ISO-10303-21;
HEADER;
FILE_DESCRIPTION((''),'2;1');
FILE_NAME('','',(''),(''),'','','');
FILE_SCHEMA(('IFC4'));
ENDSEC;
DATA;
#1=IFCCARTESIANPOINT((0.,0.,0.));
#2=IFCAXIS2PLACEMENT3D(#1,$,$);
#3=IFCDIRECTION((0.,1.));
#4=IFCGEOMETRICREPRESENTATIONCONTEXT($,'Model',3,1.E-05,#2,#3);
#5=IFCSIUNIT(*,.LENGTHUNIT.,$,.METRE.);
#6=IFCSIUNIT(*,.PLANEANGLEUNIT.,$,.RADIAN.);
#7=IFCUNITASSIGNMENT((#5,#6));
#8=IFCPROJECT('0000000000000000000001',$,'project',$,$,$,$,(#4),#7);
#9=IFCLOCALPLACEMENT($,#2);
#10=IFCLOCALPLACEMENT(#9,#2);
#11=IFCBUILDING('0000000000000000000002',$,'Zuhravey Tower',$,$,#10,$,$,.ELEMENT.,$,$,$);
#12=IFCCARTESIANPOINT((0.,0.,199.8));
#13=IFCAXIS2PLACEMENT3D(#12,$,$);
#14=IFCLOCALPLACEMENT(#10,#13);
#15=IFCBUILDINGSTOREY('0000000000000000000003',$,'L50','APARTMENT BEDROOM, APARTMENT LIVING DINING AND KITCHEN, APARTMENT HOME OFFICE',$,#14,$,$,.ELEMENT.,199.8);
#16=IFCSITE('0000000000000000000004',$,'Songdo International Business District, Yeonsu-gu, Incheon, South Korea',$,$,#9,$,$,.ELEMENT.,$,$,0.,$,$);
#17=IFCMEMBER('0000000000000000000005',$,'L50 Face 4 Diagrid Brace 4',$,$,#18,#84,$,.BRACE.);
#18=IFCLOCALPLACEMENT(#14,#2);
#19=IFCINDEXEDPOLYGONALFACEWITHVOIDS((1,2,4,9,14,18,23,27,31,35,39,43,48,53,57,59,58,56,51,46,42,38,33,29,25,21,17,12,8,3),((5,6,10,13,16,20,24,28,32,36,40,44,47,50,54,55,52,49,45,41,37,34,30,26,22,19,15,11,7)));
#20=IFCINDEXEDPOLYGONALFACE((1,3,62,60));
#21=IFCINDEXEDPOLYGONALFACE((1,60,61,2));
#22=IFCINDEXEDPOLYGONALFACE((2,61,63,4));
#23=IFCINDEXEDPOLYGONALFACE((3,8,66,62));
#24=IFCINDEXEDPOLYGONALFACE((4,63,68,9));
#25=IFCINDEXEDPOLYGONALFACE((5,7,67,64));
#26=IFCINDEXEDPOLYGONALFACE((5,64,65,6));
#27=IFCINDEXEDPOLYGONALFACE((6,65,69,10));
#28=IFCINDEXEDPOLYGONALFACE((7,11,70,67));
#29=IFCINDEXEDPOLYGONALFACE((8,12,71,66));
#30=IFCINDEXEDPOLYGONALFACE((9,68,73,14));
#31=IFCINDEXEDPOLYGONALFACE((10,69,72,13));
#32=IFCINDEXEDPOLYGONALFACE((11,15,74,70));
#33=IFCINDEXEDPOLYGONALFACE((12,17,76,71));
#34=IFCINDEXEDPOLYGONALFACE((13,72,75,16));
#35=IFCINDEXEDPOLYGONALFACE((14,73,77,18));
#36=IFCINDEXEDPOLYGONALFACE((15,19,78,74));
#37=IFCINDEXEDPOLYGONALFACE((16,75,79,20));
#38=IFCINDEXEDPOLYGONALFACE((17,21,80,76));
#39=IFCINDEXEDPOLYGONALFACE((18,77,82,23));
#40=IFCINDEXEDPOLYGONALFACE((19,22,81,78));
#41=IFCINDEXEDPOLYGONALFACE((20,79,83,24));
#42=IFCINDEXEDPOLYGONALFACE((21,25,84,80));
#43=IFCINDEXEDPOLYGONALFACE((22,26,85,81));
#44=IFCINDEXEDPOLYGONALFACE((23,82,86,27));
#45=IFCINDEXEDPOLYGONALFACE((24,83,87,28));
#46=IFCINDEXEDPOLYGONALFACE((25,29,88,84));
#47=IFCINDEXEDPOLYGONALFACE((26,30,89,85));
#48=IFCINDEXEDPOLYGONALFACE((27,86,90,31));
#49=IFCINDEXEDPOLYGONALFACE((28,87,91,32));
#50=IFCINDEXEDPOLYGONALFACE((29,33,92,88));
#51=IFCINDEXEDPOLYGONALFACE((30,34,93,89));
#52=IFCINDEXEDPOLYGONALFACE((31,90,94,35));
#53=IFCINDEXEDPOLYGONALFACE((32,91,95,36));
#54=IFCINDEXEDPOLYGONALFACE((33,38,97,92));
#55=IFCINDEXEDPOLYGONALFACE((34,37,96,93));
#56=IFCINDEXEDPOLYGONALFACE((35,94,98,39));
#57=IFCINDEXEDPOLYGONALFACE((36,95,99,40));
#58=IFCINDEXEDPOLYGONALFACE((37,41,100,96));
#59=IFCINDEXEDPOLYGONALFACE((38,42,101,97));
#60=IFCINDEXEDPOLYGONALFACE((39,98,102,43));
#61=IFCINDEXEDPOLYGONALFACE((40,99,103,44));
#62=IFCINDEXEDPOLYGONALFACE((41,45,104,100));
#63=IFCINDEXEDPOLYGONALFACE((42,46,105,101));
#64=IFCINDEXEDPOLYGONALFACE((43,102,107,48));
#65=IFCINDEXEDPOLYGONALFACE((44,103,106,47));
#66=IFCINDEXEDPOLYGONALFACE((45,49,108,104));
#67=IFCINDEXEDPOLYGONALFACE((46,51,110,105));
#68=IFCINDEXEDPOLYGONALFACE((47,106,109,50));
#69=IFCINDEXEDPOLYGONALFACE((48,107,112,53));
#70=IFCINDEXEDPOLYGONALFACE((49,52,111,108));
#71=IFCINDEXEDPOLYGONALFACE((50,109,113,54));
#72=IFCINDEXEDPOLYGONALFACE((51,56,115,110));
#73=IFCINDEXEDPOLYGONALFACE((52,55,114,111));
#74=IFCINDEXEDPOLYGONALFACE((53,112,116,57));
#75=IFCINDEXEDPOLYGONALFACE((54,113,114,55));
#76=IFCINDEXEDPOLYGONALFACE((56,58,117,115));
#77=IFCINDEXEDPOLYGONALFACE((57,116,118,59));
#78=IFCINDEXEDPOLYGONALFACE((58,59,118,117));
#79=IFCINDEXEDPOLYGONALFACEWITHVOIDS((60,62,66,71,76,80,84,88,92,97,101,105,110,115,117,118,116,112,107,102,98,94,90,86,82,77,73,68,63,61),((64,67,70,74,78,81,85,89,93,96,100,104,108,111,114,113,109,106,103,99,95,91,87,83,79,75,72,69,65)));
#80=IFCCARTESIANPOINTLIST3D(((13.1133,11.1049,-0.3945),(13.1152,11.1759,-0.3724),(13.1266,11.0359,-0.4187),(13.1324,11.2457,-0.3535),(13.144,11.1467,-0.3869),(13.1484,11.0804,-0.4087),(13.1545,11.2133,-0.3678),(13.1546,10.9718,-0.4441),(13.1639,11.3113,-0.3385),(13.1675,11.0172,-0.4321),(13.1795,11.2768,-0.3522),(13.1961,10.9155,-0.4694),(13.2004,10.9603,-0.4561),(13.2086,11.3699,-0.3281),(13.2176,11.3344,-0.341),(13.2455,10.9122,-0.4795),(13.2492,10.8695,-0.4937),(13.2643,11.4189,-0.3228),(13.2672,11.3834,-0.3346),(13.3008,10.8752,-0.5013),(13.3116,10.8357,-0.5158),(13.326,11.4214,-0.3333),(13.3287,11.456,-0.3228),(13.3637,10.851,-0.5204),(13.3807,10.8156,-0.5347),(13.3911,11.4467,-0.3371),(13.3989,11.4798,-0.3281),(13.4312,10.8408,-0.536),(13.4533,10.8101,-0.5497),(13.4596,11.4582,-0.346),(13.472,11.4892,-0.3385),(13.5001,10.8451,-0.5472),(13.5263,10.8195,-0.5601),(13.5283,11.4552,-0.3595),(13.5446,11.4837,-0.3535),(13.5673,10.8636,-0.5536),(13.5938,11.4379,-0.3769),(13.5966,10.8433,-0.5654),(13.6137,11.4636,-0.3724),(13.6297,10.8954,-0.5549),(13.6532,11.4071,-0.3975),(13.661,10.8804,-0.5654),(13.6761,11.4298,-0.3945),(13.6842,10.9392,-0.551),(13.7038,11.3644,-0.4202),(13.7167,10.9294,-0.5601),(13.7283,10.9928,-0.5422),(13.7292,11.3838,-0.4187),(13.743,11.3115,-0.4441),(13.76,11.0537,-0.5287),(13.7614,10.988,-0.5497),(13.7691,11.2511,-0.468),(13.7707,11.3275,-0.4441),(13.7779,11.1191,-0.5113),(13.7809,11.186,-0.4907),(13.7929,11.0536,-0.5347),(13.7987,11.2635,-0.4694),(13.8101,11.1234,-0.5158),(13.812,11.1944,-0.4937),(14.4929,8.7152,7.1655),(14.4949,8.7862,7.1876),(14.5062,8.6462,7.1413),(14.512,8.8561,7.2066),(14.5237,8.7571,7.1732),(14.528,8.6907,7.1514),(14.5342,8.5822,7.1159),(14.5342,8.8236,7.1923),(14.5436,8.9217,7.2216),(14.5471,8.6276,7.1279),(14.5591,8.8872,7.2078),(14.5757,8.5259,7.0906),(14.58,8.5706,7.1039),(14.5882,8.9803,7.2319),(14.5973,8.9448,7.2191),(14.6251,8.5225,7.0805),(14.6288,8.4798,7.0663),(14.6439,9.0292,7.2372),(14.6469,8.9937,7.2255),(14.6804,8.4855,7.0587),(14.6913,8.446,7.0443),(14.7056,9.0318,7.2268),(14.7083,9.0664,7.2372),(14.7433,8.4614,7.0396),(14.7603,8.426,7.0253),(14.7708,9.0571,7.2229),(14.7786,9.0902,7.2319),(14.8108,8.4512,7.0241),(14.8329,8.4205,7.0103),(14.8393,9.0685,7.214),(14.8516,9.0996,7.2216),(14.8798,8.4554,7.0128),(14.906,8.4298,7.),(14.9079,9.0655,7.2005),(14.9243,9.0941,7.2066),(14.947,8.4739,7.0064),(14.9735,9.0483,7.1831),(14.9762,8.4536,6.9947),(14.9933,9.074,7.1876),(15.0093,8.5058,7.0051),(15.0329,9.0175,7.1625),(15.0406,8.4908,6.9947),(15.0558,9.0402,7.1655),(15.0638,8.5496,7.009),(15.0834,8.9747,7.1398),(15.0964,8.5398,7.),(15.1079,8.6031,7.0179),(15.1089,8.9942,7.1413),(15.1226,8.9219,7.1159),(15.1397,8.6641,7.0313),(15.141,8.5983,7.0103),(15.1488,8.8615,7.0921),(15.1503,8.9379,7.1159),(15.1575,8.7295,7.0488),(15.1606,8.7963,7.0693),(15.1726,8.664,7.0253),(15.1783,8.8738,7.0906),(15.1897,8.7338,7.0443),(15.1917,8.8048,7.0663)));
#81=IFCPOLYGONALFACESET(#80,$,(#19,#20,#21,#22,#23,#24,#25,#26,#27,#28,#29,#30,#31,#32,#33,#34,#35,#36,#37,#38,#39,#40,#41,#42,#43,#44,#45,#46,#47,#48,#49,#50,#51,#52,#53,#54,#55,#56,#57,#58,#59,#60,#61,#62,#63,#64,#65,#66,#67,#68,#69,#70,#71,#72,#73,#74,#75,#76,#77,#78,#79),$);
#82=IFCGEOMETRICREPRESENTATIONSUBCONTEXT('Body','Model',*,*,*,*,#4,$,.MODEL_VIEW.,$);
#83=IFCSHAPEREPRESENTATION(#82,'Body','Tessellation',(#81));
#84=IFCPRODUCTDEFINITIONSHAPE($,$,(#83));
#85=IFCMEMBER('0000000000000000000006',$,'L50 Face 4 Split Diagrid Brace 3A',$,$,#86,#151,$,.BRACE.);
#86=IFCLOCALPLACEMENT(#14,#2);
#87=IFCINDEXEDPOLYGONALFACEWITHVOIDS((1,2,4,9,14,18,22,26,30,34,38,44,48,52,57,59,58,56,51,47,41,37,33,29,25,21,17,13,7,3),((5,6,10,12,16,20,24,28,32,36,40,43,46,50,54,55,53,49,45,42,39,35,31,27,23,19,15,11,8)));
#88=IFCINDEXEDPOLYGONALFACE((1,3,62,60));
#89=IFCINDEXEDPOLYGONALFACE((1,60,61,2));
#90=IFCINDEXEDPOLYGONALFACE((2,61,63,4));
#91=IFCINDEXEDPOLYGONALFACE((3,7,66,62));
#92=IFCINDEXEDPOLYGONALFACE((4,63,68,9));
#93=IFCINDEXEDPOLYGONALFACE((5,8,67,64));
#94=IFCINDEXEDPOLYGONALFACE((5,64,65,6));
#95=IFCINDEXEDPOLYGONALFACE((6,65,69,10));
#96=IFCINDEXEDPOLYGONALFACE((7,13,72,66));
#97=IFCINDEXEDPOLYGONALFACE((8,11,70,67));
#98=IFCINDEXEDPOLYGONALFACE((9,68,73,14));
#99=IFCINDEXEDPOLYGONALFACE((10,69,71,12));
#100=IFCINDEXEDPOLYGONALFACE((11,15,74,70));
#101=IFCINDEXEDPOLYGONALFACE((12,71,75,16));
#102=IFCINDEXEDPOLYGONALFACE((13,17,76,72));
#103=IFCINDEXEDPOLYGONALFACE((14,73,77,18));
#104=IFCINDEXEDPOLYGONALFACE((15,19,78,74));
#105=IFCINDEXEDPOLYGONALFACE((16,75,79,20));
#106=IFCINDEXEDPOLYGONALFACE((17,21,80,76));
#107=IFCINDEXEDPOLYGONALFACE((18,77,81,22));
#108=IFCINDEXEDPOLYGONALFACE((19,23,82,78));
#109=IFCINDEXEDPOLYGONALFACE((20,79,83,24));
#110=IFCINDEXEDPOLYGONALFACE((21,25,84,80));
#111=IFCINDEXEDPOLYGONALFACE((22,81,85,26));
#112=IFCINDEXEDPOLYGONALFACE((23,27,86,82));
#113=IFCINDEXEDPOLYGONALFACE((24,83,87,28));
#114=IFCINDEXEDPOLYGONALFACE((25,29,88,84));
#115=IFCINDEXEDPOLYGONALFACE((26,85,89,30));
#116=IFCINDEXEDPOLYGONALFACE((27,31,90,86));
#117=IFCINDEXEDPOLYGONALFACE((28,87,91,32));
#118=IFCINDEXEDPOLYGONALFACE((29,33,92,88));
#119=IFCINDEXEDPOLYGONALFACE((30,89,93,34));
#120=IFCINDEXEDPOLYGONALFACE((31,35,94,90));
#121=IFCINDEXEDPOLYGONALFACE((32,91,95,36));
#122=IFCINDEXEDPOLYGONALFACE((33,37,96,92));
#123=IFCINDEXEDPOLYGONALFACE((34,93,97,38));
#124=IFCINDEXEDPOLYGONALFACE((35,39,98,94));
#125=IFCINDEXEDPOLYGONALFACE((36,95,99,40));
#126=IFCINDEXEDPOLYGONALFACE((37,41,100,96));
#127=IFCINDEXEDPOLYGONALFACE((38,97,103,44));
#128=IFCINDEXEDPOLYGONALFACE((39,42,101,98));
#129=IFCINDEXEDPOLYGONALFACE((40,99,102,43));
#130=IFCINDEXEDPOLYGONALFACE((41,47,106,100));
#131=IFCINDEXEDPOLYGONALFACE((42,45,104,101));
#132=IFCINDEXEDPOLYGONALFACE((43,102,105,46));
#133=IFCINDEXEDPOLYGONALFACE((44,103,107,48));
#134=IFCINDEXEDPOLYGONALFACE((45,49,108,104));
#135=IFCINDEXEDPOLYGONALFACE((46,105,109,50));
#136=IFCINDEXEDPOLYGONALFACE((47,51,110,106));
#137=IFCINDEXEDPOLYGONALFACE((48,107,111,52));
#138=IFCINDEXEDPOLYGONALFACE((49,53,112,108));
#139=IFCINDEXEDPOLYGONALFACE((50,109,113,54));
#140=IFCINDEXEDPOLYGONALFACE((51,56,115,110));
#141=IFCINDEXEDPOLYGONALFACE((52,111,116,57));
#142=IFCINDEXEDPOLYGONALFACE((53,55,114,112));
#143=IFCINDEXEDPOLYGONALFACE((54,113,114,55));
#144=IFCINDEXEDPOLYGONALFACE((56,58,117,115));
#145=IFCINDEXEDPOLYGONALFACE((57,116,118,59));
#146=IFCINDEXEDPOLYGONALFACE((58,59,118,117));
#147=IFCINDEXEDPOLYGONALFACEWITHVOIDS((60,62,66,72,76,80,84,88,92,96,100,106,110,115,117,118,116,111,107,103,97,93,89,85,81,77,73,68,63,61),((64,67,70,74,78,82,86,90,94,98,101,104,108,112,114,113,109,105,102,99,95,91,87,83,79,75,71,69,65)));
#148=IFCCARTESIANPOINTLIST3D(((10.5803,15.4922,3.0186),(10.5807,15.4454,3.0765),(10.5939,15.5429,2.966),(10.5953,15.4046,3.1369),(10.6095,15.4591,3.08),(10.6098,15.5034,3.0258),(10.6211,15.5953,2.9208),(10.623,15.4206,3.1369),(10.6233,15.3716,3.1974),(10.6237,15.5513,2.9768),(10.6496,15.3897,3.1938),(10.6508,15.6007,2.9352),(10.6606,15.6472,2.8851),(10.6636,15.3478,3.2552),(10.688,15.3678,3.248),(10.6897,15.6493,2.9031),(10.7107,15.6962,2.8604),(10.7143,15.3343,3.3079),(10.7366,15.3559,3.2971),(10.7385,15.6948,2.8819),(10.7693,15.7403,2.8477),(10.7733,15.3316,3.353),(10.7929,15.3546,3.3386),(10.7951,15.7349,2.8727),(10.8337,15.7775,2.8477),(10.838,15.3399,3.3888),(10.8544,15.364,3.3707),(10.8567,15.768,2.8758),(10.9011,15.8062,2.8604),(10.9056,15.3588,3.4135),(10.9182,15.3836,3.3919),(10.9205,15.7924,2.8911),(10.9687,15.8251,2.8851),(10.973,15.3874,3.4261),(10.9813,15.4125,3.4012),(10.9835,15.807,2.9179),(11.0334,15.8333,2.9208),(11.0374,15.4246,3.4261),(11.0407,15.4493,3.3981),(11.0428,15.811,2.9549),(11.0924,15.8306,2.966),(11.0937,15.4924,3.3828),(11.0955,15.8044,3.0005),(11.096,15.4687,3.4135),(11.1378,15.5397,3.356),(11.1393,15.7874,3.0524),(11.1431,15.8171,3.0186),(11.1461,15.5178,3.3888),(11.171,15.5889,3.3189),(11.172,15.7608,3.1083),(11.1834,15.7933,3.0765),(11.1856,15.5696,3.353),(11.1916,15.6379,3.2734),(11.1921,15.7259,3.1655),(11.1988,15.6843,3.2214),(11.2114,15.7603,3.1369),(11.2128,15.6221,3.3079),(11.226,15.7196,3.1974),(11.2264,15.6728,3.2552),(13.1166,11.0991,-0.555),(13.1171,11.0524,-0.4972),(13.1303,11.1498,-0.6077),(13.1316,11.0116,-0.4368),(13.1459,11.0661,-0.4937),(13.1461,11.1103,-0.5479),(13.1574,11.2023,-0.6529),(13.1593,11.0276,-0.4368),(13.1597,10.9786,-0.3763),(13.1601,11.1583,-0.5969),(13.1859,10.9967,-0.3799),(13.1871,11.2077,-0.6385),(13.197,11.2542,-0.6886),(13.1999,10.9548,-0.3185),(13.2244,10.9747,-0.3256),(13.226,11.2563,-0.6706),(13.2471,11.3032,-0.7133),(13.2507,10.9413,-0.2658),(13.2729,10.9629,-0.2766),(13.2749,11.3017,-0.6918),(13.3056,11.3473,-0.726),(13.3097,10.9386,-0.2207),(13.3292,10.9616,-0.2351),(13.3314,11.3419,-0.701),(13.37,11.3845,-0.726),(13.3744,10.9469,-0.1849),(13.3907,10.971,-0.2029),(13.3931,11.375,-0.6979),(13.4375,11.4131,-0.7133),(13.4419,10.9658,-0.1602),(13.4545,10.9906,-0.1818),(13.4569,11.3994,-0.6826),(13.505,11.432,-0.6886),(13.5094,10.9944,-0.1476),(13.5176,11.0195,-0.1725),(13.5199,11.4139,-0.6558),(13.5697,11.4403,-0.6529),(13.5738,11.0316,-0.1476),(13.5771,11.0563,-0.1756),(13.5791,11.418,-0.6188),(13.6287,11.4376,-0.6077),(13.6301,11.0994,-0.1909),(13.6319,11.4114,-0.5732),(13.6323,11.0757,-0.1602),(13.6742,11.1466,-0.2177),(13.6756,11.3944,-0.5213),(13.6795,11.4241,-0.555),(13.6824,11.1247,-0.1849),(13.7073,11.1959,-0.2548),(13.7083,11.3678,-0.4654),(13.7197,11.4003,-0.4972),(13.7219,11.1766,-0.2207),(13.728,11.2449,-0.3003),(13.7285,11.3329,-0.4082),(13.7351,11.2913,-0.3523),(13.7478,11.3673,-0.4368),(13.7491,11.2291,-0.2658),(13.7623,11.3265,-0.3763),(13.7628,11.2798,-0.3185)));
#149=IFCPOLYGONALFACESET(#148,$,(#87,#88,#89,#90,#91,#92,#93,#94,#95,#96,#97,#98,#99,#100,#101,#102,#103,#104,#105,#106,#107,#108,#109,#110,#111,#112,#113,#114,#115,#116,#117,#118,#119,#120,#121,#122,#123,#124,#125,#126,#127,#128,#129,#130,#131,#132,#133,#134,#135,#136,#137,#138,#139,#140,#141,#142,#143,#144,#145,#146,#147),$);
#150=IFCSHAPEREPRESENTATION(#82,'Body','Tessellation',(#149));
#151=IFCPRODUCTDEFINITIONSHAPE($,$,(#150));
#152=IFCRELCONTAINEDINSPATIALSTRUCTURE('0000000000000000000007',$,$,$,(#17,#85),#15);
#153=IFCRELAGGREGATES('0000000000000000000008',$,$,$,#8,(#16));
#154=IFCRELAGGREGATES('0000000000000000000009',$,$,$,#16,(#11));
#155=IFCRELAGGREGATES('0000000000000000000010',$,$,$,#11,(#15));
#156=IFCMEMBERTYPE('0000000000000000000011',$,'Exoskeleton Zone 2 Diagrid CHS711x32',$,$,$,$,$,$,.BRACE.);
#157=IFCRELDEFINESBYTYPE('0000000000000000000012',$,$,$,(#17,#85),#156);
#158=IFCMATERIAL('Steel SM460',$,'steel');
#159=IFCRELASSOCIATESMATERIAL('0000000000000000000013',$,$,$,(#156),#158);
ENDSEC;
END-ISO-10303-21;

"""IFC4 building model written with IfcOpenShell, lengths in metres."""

from ifc_helpers import new_model, si_unit, direction, frame, origin, origin_2d, place, context, subcontext, project, spatial, hollow_circle, extrude, material, material_profile, profile_set, type_object, element, save


model = new_model("IFC4")

# Units and contexts
model_context = context("Model", 3, precision=1e-05, world=origin(), true_north=direction((0.0, 1.0)))
body_context = subcontext(model_context, "Body", "Model", "MODEL_VIEW")
ifc_project = project(units=[si_unit("LENGTHUNIT", "METRE"), si_unit("PLANEANGLEUNIT", "RADIAN")], contexts=[model_context])

# Site, building, storey
site_placement = place(None, origin())
site = spatial("IfcSite", under=ifc_project, at=site_placement, Name="Songdo International Business District, Yeonsu-gu, Incheon, South Korea", CompositionType="ELEMENT", RefElevation=0.0)
building_placement = place(site_placement, origin())
building = spatial("IfcBuilding", under=site, at=building_placement, Name="Zuhravey Tower", CompositionType="ELEMENT")
storey_placement = place(building_placement, frame((0.0, 0.0, 199.8)))
storey = spatial("IfcBuildingStorey", under=building, at=storey_placement, Name="L50", Description="APARTMENT BEDROOM, APARTMENT LIVING DINING AND KITCHEN, APARTMENT HOME OFFICE", CompositionType="ELEMENT", Elevation=199.8)

# Members
ifc_material_1 = material(Name="Steel SM460", Category="steel")
ifc_material_profile_1 = material_profile(ifc_material_1, hollow_circle(Radius=0.3557, WallThickness=0.032, at=origin_2d()), Name="CHS-711.2x32")
ifc_profile_set_1 = profile_set([ifc_material_profile_1], Name="Steel SM460")
member_type_1 = type_object("IfcMemberType", Name="Exoskeleton Zone 2 Diagrid CHS711x32", PredefinedType="BRACE", material=ifc_profile_set_1)
member_1_placement = place(storey_placement, frame((13.4626, 11.1497, -0.4441), z_axis=(0.171429, -0.296929, 0.939386), x_axis=(0.866029, 0.499993, 0.0)))
element("IfcMember", 1, at=member_1_placement, inside=storey, type_object=member_type_1, Name="L50 Face 4 Diagrid Brace 4", PredefinedType="BRACE", context=body_context, shape_type="SweptSolid", body=[
    extrude(hollow_circle(Radius=0.3557, WallThickness=0.032, at=origin_2d()), origin(), (0.0, 0.0, 1.0), 8.0479),
])
member_2_placement = place(storey_placement, frame((13.4397, 11.1895, -0.4368), z_axis=(-0.408754, 0.707972, 0.57593), x_axis=(-0.866022, -0.500006, 0.0)))
element("IfcMember", 2, at=member_2_placement, inside=storey, type_object=member_type_1, Name="L50 Face 4 Split Diagrid Brace 3A", PredefinedType="BRACE", context=body_context, shape_type="SweptSolid", body=[
    extrude(hollow_circle(Radius=0.3557, WallThickness=0.032, at=origin_2d()), origin(), (0.0, 0.0, 1.0), 6.2051),
])

save(model, "model.ifc")
